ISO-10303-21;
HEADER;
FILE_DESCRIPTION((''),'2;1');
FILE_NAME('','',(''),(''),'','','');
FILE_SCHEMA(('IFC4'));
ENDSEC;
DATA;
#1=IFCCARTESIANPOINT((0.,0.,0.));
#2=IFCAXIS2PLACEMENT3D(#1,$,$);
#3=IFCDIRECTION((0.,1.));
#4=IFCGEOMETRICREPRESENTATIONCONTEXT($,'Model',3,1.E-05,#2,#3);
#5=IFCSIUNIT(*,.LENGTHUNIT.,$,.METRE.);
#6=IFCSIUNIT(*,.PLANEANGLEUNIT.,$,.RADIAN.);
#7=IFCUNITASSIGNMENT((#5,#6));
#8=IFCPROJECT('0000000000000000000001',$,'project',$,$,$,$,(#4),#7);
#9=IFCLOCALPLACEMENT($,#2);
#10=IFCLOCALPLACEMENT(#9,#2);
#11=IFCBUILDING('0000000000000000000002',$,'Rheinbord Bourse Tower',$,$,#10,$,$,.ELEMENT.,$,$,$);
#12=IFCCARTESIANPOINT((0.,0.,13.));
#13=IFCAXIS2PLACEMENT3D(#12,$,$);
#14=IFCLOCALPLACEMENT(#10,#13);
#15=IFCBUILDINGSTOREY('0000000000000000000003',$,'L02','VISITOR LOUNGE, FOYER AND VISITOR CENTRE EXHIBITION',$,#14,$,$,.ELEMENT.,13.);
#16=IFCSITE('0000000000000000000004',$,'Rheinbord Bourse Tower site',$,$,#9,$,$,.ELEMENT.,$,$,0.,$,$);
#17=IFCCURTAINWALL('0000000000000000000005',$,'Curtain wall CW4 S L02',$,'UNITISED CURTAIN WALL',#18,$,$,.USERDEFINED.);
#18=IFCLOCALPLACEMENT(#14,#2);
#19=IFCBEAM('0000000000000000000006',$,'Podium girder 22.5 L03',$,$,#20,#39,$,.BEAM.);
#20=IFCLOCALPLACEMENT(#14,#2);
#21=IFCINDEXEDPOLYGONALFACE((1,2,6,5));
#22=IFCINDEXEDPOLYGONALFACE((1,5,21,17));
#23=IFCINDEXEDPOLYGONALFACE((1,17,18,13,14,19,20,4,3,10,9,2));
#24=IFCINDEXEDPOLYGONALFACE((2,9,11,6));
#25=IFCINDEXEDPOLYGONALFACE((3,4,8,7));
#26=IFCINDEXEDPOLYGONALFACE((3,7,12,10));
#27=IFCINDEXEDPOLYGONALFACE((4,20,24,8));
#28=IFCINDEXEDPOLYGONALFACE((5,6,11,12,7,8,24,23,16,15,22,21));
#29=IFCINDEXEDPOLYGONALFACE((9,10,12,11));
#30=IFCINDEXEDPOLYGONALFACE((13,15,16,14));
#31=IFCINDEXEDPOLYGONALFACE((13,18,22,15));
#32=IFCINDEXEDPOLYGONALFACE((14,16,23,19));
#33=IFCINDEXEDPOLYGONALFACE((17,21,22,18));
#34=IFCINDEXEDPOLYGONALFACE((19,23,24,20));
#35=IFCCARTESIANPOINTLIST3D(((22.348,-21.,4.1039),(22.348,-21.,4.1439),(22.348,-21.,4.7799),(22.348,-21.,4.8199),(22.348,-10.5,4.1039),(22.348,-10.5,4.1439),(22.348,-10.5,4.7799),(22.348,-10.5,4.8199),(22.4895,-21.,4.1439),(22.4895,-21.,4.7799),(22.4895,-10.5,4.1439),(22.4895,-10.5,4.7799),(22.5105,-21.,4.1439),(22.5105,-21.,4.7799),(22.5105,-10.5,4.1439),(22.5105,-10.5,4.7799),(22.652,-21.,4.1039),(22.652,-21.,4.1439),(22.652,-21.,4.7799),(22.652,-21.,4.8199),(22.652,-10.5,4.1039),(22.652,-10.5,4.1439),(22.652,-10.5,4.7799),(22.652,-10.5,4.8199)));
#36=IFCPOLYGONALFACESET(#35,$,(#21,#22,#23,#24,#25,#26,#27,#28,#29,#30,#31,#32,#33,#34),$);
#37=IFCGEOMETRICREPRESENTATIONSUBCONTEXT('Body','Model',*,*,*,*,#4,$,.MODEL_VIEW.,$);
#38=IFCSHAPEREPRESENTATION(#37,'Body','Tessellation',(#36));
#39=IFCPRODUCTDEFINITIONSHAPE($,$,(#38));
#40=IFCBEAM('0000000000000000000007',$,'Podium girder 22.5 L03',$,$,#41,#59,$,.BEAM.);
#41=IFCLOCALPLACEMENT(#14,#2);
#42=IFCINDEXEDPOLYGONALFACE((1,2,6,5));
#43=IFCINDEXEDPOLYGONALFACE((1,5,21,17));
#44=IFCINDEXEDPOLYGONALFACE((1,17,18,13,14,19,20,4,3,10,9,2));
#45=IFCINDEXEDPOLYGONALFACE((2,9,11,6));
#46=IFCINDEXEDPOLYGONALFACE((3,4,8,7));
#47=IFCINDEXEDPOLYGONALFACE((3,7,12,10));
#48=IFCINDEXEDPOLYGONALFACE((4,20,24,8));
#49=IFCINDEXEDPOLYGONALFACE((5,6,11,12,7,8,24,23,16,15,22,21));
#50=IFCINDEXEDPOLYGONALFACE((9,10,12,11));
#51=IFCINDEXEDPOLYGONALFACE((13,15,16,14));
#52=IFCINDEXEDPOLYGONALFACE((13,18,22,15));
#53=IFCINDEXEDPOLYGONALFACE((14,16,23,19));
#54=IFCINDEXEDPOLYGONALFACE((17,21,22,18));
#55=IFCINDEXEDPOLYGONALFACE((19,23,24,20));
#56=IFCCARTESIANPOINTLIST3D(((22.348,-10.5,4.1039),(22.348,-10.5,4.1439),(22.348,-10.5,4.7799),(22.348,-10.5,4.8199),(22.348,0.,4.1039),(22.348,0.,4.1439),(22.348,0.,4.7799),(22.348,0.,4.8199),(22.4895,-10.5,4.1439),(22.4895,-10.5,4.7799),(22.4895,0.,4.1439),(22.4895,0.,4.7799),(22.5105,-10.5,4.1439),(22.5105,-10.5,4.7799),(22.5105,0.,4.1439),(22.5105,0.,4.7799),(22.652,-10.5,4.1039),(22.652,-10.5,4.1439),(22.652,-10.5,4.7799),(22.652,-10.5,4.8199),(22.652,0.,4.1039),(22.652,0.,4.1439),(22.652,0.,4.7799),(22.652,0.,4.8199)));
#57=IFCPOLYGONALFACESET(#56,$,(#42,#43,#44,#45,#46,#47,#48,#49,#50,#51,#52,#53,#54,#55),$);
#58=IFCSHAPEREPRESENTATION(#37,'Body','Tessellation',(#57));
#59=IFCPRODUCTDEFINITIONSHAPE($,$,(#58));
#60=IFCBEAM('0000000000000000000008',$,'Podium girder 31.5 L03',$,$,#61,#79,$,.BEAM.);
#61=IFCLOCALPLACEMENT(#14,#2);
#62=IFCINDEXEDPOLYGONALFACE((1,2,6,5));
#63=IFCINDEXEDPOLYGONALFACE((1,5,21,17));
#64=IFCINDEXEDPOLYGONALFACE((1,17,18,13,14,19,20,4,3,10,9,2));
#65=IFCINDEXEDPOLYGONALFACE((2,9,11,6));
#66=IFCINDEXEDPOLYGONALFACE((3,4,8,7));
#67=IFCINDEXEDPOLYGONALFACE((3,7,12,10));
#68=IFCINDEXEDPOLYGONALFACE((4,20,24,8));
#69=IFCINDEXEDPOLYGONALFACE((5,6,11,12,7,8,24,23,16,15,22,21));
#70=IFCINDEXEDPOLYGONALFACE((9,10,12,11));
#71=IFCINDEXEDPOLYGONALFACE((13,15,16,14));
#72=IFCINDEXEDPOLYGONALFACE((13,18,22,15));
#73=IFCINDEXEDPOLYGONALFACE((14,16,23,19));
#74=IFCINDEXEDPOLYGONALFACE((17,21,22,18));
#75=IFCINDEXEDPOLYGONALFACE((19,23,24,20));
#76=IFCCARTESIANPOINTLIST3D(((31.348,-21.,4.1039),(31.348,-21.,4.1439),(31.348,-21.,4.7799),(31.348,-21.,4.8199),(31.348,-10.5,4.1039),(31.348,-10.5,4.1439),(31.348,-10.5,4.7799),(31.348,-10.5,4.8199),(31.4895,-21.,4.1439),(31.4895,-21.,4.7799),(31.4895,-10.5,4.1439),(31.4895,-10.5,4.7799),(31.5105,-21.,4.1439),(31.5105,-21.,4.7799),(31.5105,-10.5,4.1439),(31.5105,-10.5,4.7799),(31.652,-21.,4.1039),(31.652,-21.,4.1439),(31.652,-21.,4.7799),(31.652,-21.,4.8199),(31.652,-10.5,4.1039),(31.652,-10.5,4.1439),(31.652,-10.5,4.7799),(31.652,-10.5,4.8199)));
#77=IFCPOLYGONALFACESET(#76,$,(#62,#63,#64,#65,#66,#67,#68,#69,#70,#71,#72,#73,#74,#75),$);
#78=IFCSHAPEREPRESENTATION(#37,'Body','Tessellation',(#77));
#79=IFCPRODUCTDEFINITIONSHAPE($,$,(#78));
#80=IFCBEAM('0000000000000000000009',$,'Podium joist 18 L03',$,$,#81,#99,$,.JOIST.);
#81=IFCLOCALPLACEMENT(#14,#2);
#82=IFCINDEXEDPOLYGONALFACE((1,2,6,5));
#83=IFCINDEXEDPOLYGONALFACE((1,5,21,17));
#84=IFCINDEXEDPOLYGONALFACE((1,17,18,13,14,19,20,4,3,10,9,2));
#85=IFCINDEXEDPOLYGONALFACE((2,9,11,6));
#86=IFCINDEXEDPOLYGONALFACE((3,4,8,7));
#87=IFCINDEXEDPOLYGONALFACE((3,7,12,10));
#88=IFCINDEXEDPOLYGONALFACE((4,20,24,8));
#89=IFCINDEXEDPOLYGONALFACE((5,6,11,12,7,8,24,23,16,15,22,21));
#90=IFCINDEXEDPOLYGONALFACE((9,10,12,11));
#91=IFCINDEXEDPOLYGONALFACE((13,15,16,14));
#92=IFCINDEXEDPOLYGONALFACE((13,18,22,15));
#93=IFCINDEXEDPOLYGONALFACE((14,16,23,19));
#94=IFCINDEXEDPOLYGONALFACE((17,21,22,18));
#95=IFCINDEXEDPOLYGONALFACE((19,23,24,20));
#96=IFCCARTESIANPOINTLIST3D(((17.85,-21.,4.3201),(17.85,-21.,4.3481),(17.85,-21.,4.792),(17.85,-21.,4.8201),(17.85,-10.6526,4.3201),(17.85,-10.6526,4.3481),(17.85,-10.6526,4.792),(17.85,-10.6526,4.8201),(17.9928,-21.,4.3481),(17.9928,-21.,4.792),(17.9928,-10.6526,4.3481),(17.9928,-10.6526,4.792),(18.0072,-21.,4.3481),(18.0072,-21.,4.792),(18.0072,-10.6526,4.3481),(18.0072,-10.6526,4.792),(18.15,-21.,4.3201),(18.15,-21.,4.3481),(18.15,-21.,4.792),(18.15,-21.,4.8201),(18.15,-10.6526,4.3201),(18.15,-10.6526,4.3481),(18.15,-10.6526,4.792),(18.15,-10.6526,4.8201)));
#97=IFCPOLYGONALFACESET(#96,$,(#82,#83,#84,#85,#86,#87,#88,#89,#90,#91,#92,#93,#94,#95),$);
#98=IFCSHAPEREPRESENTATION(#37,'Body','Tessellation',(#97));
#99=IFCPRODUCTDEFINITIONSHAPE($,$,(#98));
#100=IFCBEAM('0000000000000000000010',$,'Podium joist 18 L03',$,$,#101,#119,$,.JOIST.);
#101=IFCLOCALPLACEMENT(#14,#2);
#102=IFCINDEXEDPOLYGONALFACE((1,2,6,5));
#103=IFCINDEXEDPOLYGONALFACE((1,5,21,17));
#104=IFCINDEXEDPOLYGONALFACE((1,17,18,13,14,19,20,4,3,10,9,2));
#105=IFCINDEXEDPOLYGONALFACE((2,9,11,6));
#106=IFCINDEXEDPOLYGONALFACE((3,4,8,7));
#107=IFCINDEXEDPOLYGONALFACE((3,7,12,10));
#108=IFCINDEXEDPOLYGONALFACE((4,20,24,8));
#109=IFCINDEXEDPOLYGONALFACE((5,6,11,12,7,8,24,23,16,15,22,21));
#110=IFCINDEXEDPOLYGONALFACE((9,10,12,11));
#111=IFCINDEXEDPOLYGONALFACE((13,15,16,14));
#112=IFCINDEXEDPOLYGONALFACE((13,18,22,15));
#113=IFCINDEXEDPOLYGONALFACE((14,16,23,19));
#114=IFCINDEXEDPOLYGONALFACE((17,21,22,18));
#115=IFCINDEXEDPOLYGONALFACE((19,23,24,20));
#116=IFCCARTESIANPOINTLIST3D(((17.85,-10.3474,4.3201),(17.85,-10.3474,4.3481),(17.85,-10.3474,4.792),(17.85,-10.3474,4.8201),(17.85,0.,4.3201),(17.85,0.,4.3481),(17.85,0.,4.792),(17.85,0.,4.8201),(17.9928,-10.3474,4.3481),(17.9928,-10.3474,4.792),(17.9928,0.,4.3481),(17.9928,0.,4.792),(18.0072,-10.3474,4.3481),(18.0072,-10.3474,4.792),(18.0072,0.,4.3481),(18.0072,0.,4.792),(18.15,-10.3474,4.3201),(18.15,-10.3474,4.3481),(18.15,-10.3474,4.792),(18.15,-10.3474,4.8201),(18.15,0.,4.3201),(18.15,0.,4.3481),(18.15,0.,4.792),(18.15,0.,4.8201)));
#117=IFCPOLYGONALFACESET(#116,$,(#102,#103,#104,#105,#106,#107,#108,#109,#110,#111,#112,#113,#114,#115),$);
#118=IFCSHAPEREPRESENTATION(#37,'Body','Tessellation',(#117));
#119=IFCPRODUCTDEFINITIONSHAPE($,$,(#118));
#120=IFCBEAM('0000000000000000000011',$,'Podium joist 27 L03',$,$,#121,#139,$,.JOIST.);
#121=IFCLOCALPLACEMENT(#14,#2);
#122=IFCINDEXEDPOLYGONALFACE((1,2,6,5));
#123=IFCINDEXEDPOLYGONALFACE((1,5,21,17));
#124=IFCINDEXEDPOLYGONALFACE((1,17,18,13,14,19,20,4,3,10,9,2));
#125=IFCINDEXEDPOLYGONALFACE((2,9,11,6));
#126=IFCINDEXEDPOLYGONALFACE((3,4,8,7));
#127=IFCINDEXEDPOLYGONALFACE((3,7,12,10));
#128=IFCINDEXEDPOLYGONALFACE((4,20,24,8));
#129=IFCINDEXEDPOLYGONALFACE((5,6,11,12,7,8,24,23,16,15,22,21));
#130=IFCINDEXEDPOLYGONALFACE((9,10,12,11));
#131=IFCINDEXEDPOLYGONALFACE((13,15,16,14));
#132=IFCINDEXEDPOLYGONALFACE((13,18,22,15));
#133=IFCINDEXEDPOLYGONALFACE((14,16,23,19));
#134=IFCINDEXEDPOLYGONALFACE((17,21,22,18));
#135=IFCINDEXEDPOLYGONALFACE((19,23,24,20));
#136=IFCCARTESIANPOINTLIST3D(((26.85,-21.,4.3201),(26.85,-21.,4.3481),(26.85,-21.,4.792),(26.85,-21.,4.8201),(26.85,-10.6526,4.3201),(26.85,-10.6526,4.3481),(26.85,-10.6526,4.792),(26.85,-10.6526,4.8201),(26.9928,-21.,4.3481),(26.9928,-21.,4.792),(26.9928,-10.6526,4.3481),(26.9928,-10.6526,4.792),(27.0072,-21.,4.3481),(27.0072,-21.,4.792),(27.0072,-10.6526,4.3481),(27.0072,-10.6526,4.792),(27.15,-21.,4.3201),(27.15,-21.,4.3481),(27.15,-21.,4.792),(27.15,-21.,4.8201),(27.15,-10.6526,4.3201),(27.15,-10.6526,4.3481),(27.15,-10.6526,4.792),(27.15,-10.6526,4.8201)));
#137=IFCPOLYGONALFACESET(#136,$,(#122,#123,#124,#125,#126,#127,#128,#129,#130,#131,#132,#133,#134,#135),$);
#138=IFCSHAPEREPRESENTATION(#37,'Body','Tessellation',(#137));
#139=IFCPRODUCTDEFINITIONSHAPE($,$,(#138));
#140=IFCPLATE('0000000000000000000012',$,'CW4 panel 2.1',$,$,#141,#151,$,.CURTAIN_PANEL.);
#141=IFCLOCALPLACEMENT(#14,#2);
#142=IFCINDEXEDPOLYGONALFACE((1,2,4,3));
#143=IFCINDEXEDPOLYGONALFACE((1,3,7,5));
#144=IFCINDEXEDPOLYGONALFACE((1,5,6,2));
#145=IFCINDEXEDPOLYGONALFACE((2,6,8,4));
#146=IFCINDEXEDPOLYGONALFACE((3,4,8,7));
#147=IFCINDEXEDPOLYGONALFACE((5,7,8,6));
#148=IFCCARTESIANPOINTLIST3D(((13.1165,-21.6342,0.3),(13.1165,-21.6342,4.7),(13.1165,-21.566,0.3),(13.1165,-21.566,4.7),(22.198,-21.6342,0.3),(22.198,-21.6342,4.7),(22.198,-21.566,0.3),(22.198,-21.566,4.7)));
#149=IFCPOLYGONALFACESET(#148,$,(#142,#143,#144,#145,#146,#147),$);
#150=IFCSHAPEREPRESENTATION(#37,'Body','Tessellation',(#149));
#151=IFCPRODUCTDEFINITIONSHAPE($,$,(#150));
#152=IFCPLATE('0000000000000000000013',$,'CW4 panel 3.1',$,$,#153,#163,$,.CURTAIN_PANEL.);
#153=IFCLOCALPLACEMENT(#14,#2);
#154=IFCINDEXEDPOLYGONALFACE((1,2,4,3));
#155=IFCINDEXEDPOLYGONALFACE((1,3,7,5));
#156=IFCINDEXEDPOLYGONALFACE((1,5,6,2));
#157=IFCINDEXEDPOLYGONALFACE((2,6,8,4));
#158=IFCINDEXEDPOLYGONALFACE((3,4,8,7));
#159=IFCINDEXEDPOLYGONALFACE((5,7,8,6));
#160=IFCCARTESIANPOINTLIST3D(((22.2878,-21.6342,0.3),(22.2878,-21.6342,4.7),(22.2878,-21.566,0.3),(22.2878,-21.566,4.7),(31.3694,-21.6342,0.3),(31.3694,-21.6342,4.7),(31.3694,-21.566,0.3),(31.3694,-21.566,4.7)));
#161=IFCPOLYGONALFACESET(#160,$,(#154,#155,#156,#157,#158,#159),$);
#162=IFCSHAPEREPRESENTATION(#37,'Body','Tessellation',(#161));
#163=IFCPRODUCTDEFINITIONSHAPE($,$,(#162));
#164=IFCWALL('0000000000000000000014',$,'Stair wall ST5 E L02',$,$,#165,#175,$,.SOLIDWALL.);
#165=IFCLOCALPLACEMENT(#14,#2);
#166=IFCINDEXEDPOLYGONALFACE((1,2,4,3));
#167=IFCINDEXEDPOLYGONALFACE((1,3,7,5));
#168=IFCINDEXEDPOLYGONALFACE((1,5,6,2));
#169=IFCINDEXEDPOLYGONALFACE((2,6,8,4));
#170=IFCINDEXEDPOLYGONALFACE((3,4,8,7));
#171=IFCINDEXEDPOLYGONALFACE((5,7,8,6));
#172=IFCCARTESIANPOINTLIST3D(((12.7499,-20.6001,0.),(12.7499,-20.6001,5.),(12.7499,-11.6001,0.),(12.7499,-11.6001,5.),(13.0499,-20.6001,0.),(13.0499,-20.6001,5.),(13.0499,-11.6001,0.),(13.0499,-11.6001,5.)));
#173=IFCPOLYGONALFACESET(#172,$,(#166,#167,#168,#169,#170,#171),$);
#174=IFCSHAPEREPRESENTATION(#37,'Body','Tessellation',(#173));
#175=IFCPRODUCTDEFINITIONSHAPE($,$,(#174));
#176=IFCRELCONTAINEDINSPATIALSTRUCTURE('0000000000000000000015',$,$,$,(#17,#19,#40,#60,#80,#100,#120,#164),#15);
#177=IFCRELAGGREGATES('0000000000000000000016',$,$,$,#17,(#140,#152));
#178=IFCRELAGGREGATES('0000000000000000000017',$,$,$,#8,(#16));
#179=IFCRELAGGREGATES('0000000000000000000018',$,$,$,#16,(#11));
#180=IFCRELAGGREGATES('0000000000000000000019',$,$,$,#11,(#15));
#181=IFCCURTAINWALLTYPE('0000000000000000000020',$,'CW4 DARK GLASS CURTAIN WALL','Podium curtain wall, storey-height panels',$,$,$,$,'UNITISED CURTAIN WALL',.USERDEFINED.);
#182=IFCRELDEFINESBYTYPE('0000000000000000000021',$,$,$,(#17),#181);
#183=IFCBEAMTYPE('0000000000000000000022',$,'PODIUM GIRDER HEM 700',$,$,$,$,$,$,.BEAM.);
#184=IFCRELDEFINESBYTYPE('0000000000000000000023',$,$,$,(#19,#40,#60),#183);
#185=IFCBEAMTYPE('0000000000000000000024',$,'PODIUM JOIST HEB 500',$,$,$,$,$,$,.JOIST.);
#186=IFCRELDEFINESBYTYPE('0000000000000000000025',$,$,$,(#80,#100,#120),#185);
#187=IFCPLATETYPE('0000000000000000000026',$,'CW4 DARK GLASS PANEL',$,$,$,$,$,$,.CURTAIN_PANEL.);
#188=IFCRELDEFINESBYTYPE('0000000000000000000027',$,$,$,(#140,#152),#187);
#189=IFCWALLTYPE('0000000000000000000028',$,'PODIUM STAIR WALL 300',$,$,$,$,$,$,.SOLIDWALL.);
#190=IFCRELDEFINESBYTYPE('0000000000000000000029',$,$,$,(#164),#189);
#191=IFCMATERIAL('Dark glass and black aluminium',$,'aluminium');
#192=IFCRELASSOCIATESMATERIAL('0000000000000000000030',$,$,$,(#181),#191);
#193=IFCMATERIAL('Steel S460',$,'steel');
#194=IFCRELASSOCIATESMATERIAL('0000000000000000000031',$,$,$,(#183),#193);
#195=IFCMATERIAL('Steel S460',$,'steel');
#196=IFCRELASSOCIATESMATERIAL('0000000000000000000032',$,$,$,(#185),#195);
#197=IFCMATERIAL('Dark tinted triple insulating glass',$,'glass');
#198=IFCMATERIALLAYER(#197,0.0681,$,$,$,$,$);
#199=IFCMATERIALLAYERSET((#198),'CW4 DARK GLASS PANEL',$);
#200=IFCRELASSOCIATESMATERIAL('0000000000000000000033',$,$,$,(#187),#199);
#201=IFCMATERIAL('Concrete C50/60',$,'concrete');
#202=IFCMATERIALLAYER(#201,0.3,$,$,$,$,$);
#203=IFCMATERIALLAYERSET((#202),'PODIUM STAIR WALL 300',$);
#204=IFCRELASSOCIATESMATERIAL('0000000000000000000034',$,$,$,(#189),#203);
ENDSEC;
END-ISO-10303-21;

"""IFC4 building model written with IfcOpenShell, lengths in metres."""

from ifc_helpers import new_model, si_unit, direction, frame, frame_2d, origin, origin_2d, place, context, subcontext, project, spatial, rectangle, i_section, extrude, material, layer, layer_set, material_profile, profile_set, type_object, element, aggregate, save


model = new_model("IFC4")

# Units and contexts
model_context = context("Model", 3, precision=1e-05, world=origin(), true_north=direction((0.0, 1.0)))
body_context = subcontext(model_context, "Body", "Model", "MODEL_VIEW")
ifc_project = project(units=[si_unit("LENGTHUNIT", "METRE"), si_unit("PLANEANGLEUNIT", "RADIAN")], contexts=[model_context])

# Site, building, storey
site_placement = place(None, origin())
site = spatial("IfcSite", under=ifc_project, at=site_placement, Name="Rheinbord Bourse Tower site", CompositionType="ELEMENT", RefElevation=0.0)
building_placement = place(site_placement, origin())
building = spatial("IfcBuilding", under=site, at=building_placement, Name="Rheinbord Bourse Tower", CompositionType="ELEMENT")
storey_placement = place(building_placement, frame((0.0, 0.0, 13.0)))
storey = spatial("IfcBuildingStorey", under=building, at=storey_placement, Name="L02", Description="VISITOR LOUNGE, FOYER AND VISITOR CENTRE EXHIBITION", CompositionType="ELEMENT", Elevation=13.0)

# Curtain wall
ifc_material_1 = material(Name="Dark glass and black aluminium", Category="aluminium")
curtain_wall_type = type_object("IfcCurtainWallType", Name="CW4 DARK GLASS CURTAIN WALL", Description="Podium curtain wall, storey-height panels", ElementType="UNITISED CURTAIN WALL", PredefinedType="USERDEFINED", material=ifc_material_1)
curtain_wall_placement = place(storey_placement, origin())
curtain_wall = element("IfcCurtainWall", 1, at=curtain_wall_placement, inside=storey, type_object=curtain_wall_type, Name="Curtain wall CW4 S L02", ObjectType="UNITISED CURTAIN WALL", PredefinedType="USERDEFINED")

# Beams
ifc_material_2 = material(Name="Steel S460", Category="steel")
ifc_material_profile_1 = material_profile(ifc_material_2, i_section(OverallWidth=0.304, OverallDepth=0.7161, WebThickness=0.021, FlangeThickness=0.04, at=origin_2d()), Name="HEM 700")
ifc_profile_set_1 = profile_set([ifc_material_profile_1], Name="Steel S460")
beam_type_1 = type_object("IfcBeamType", Name="PODIUM GIRDER HEM 700", PredefinedType="BEAM", material=ifc_profile_set_1)
for number, where, z_axis, x_axis, name in (
    (2, (22.5, -21.0, 4.4619), (0.0, 1.0, 0.0), (-1.0, 0.0, 0.0), "Podium girder 22.5 L03"),
    (3, (22.5, -10.5, 4.4619), (0.0, 1.0, 0.0), (-1.0, 0.0, 0.0), "Podium girder 22.5 L03"),
    (4, (31.5, -21.0, 4.4619), (0.0, 1.0, 0.0), (-1.0, 0.0, 0.0), "Podium girder 31.5 L03"),
):
    element("IfcBeam", number, at=place(storey_placement, frame(where, z_axis=z_axis, x_axis=x_axis)), inside=storey, type_object=beam_type_1, Name=name, PredefinedType="BEAM", context=body_context, shape_type="SweptSolid", body=[
        extrude(i_section(OverallWidth=0.304, OverallDepth=0.7161, WebThickness=0.021, FlangeThickness=0.04, at=origin_2d()), origin(), (0.0, 0.0, 1.0), 10.5),
    ])
ifc_material_3 = material(Name="Steel S460", Category="steel")
ifc_material_profile_2 = material_profile(ifc_material_3, i_section(OverallWidth=0.3, OverallDepth=0.5, WebThickness=0.0144, FlangeThickness=0.0281, at=origin_2d()), Name="HEB 500")
ifc_profile_set_2 = profile_set([ifc_material_profile_2], Name="Steel S460")
beam_type_2 = type_object("IfcBeamType", Name="PODIUM JOIST HEB 500", PredefinedType="JOIST", material=ifc_profile_set_2)
for number, where, z_axis, x_axis, name in (
    (5, (18.0, -21.0, 4.5701), (0.0, 1.0, 0.0), (-1.0, 0.0, 0.0), "Podium joist 18 L03"),
    (6, (18.0, -10.3474, 4.5701), (0.0, 1.0, 0.0), (-1.0, 0.0, 0.0), "Podium joist 18 L03"),
    (7, (27.0, -21.0, 4.5701), (0.0, 1.0, 0.0), (-1.0, 0.0, 0.0), "Podium joist 27 L03"),
):
    element("IfcBeam", number, at=place(storey_placement, frame(where, z_axis=z_axis, x_axis=x_axis)), inside=storey, type_object=beam_type_2, Name=name, PredefinedType="JOIST", context=body_context, shape_type="SweptSolid", body=[
        extrude(i_section(OverallWidth=0.3, OverallDepth=0.5, WebThickness=0.0144, FlangeThickness=0.0281, at=origin_2d()), origin(), (0.0, 0.0, 1.0), 10.3474),
    ])

# Plates
ifc_material_4 = material(Name="Dark tinted triple insulating glass", Category="glass")
ifc_layer_1 = layer(ifc_material_4, 0.0681)
ifc_layer_set_1 = layer_set([ifc_layer_1], Name="CW4 DARK GLASS PANEL")
plate_type = type_object("IfcPlateType", Name="CW4 DARK GLASS PANEL", PredefinedType="CURTAIN_PANEL", material=ifc_layer_set_1)
plate_1_placement = place(storey_placement, frame((17.6572, -21.6001, 0.3), z_axis=(0.0, 0.0, 1.0), x_axis=(1.0, 0.0, 0.0)))
plate_1 = element("IfcPlate", 8, at=plate_1_placement, type_object=plate_type, Name="CW4 panel 2.1", PredefinedType="CURTAIN_PANEL", context=body_context, shape_type="SweptSolid", body=[
    extrude(rectangle(XDim=9.0815, YDim=0.0681, at=origin_2d()), origin(), (0.0, 0.0, 1.0), 4.3999),
])
plate_2_placement = place(storey_placement, frame((26.8286, -21.6001, 0.3), z_axis=(0.0, 0.0, 1.0), x_axis=(1.0, 0.0, 0.0)))
plate_2 = element("IfcPlate", 9, at=plate_2_placement, type_object=plate_type, Name="CW4 panel 3.1", PredefinedType="CURTAIN_PANEL", context=body_context, shape_type="SweptSolid", body=[
    extrude(rectangle(XDim=9.0815, YDim=0.0681, at=origin_2d()), origin(), (0.0, 0.0, 1.0), 4.3999),
])
aggregate(curtain_wall, [plate_1, plate_2])

# Wall
ifc_material_5 = material(Name="Concrete C50/60", Category="concrete")
ifc_layer_2 = layer(ifc_material_5, 0.3)
ifc_layer_set_2 = layer_set([ifc_layer_2], Name="PODIUM STAIR WALL 300")
wall_type = type_object("IfcWallType", Name="PODIUM STAIR WALL 300", PredefinedType="SOLIDWALL", material=ifc_layer_set_2)
wall_placement = place(storey_placement, frame((12.8999, -20.6001, 0.0), z_axis=(0.0, 0.0, 1.0), x_axis=(0.0, 1.0, 0.0)))
element("IfcWall", 10, at=wall_placement, inside=storey, type_object=wall_type, Name="Stair wall ST5 E L02", PredefinedType="SOLIDWALL", context=body_context, shape_type="SweptSolid", body=[
    extrude(rectangle(XDim=9.0, YDim=0.3, at=frame_2d((4.5, 0.0))), origin(), (0.0, 0.0, 1.0), 5.0),
])

save(model, "model.ifc")
